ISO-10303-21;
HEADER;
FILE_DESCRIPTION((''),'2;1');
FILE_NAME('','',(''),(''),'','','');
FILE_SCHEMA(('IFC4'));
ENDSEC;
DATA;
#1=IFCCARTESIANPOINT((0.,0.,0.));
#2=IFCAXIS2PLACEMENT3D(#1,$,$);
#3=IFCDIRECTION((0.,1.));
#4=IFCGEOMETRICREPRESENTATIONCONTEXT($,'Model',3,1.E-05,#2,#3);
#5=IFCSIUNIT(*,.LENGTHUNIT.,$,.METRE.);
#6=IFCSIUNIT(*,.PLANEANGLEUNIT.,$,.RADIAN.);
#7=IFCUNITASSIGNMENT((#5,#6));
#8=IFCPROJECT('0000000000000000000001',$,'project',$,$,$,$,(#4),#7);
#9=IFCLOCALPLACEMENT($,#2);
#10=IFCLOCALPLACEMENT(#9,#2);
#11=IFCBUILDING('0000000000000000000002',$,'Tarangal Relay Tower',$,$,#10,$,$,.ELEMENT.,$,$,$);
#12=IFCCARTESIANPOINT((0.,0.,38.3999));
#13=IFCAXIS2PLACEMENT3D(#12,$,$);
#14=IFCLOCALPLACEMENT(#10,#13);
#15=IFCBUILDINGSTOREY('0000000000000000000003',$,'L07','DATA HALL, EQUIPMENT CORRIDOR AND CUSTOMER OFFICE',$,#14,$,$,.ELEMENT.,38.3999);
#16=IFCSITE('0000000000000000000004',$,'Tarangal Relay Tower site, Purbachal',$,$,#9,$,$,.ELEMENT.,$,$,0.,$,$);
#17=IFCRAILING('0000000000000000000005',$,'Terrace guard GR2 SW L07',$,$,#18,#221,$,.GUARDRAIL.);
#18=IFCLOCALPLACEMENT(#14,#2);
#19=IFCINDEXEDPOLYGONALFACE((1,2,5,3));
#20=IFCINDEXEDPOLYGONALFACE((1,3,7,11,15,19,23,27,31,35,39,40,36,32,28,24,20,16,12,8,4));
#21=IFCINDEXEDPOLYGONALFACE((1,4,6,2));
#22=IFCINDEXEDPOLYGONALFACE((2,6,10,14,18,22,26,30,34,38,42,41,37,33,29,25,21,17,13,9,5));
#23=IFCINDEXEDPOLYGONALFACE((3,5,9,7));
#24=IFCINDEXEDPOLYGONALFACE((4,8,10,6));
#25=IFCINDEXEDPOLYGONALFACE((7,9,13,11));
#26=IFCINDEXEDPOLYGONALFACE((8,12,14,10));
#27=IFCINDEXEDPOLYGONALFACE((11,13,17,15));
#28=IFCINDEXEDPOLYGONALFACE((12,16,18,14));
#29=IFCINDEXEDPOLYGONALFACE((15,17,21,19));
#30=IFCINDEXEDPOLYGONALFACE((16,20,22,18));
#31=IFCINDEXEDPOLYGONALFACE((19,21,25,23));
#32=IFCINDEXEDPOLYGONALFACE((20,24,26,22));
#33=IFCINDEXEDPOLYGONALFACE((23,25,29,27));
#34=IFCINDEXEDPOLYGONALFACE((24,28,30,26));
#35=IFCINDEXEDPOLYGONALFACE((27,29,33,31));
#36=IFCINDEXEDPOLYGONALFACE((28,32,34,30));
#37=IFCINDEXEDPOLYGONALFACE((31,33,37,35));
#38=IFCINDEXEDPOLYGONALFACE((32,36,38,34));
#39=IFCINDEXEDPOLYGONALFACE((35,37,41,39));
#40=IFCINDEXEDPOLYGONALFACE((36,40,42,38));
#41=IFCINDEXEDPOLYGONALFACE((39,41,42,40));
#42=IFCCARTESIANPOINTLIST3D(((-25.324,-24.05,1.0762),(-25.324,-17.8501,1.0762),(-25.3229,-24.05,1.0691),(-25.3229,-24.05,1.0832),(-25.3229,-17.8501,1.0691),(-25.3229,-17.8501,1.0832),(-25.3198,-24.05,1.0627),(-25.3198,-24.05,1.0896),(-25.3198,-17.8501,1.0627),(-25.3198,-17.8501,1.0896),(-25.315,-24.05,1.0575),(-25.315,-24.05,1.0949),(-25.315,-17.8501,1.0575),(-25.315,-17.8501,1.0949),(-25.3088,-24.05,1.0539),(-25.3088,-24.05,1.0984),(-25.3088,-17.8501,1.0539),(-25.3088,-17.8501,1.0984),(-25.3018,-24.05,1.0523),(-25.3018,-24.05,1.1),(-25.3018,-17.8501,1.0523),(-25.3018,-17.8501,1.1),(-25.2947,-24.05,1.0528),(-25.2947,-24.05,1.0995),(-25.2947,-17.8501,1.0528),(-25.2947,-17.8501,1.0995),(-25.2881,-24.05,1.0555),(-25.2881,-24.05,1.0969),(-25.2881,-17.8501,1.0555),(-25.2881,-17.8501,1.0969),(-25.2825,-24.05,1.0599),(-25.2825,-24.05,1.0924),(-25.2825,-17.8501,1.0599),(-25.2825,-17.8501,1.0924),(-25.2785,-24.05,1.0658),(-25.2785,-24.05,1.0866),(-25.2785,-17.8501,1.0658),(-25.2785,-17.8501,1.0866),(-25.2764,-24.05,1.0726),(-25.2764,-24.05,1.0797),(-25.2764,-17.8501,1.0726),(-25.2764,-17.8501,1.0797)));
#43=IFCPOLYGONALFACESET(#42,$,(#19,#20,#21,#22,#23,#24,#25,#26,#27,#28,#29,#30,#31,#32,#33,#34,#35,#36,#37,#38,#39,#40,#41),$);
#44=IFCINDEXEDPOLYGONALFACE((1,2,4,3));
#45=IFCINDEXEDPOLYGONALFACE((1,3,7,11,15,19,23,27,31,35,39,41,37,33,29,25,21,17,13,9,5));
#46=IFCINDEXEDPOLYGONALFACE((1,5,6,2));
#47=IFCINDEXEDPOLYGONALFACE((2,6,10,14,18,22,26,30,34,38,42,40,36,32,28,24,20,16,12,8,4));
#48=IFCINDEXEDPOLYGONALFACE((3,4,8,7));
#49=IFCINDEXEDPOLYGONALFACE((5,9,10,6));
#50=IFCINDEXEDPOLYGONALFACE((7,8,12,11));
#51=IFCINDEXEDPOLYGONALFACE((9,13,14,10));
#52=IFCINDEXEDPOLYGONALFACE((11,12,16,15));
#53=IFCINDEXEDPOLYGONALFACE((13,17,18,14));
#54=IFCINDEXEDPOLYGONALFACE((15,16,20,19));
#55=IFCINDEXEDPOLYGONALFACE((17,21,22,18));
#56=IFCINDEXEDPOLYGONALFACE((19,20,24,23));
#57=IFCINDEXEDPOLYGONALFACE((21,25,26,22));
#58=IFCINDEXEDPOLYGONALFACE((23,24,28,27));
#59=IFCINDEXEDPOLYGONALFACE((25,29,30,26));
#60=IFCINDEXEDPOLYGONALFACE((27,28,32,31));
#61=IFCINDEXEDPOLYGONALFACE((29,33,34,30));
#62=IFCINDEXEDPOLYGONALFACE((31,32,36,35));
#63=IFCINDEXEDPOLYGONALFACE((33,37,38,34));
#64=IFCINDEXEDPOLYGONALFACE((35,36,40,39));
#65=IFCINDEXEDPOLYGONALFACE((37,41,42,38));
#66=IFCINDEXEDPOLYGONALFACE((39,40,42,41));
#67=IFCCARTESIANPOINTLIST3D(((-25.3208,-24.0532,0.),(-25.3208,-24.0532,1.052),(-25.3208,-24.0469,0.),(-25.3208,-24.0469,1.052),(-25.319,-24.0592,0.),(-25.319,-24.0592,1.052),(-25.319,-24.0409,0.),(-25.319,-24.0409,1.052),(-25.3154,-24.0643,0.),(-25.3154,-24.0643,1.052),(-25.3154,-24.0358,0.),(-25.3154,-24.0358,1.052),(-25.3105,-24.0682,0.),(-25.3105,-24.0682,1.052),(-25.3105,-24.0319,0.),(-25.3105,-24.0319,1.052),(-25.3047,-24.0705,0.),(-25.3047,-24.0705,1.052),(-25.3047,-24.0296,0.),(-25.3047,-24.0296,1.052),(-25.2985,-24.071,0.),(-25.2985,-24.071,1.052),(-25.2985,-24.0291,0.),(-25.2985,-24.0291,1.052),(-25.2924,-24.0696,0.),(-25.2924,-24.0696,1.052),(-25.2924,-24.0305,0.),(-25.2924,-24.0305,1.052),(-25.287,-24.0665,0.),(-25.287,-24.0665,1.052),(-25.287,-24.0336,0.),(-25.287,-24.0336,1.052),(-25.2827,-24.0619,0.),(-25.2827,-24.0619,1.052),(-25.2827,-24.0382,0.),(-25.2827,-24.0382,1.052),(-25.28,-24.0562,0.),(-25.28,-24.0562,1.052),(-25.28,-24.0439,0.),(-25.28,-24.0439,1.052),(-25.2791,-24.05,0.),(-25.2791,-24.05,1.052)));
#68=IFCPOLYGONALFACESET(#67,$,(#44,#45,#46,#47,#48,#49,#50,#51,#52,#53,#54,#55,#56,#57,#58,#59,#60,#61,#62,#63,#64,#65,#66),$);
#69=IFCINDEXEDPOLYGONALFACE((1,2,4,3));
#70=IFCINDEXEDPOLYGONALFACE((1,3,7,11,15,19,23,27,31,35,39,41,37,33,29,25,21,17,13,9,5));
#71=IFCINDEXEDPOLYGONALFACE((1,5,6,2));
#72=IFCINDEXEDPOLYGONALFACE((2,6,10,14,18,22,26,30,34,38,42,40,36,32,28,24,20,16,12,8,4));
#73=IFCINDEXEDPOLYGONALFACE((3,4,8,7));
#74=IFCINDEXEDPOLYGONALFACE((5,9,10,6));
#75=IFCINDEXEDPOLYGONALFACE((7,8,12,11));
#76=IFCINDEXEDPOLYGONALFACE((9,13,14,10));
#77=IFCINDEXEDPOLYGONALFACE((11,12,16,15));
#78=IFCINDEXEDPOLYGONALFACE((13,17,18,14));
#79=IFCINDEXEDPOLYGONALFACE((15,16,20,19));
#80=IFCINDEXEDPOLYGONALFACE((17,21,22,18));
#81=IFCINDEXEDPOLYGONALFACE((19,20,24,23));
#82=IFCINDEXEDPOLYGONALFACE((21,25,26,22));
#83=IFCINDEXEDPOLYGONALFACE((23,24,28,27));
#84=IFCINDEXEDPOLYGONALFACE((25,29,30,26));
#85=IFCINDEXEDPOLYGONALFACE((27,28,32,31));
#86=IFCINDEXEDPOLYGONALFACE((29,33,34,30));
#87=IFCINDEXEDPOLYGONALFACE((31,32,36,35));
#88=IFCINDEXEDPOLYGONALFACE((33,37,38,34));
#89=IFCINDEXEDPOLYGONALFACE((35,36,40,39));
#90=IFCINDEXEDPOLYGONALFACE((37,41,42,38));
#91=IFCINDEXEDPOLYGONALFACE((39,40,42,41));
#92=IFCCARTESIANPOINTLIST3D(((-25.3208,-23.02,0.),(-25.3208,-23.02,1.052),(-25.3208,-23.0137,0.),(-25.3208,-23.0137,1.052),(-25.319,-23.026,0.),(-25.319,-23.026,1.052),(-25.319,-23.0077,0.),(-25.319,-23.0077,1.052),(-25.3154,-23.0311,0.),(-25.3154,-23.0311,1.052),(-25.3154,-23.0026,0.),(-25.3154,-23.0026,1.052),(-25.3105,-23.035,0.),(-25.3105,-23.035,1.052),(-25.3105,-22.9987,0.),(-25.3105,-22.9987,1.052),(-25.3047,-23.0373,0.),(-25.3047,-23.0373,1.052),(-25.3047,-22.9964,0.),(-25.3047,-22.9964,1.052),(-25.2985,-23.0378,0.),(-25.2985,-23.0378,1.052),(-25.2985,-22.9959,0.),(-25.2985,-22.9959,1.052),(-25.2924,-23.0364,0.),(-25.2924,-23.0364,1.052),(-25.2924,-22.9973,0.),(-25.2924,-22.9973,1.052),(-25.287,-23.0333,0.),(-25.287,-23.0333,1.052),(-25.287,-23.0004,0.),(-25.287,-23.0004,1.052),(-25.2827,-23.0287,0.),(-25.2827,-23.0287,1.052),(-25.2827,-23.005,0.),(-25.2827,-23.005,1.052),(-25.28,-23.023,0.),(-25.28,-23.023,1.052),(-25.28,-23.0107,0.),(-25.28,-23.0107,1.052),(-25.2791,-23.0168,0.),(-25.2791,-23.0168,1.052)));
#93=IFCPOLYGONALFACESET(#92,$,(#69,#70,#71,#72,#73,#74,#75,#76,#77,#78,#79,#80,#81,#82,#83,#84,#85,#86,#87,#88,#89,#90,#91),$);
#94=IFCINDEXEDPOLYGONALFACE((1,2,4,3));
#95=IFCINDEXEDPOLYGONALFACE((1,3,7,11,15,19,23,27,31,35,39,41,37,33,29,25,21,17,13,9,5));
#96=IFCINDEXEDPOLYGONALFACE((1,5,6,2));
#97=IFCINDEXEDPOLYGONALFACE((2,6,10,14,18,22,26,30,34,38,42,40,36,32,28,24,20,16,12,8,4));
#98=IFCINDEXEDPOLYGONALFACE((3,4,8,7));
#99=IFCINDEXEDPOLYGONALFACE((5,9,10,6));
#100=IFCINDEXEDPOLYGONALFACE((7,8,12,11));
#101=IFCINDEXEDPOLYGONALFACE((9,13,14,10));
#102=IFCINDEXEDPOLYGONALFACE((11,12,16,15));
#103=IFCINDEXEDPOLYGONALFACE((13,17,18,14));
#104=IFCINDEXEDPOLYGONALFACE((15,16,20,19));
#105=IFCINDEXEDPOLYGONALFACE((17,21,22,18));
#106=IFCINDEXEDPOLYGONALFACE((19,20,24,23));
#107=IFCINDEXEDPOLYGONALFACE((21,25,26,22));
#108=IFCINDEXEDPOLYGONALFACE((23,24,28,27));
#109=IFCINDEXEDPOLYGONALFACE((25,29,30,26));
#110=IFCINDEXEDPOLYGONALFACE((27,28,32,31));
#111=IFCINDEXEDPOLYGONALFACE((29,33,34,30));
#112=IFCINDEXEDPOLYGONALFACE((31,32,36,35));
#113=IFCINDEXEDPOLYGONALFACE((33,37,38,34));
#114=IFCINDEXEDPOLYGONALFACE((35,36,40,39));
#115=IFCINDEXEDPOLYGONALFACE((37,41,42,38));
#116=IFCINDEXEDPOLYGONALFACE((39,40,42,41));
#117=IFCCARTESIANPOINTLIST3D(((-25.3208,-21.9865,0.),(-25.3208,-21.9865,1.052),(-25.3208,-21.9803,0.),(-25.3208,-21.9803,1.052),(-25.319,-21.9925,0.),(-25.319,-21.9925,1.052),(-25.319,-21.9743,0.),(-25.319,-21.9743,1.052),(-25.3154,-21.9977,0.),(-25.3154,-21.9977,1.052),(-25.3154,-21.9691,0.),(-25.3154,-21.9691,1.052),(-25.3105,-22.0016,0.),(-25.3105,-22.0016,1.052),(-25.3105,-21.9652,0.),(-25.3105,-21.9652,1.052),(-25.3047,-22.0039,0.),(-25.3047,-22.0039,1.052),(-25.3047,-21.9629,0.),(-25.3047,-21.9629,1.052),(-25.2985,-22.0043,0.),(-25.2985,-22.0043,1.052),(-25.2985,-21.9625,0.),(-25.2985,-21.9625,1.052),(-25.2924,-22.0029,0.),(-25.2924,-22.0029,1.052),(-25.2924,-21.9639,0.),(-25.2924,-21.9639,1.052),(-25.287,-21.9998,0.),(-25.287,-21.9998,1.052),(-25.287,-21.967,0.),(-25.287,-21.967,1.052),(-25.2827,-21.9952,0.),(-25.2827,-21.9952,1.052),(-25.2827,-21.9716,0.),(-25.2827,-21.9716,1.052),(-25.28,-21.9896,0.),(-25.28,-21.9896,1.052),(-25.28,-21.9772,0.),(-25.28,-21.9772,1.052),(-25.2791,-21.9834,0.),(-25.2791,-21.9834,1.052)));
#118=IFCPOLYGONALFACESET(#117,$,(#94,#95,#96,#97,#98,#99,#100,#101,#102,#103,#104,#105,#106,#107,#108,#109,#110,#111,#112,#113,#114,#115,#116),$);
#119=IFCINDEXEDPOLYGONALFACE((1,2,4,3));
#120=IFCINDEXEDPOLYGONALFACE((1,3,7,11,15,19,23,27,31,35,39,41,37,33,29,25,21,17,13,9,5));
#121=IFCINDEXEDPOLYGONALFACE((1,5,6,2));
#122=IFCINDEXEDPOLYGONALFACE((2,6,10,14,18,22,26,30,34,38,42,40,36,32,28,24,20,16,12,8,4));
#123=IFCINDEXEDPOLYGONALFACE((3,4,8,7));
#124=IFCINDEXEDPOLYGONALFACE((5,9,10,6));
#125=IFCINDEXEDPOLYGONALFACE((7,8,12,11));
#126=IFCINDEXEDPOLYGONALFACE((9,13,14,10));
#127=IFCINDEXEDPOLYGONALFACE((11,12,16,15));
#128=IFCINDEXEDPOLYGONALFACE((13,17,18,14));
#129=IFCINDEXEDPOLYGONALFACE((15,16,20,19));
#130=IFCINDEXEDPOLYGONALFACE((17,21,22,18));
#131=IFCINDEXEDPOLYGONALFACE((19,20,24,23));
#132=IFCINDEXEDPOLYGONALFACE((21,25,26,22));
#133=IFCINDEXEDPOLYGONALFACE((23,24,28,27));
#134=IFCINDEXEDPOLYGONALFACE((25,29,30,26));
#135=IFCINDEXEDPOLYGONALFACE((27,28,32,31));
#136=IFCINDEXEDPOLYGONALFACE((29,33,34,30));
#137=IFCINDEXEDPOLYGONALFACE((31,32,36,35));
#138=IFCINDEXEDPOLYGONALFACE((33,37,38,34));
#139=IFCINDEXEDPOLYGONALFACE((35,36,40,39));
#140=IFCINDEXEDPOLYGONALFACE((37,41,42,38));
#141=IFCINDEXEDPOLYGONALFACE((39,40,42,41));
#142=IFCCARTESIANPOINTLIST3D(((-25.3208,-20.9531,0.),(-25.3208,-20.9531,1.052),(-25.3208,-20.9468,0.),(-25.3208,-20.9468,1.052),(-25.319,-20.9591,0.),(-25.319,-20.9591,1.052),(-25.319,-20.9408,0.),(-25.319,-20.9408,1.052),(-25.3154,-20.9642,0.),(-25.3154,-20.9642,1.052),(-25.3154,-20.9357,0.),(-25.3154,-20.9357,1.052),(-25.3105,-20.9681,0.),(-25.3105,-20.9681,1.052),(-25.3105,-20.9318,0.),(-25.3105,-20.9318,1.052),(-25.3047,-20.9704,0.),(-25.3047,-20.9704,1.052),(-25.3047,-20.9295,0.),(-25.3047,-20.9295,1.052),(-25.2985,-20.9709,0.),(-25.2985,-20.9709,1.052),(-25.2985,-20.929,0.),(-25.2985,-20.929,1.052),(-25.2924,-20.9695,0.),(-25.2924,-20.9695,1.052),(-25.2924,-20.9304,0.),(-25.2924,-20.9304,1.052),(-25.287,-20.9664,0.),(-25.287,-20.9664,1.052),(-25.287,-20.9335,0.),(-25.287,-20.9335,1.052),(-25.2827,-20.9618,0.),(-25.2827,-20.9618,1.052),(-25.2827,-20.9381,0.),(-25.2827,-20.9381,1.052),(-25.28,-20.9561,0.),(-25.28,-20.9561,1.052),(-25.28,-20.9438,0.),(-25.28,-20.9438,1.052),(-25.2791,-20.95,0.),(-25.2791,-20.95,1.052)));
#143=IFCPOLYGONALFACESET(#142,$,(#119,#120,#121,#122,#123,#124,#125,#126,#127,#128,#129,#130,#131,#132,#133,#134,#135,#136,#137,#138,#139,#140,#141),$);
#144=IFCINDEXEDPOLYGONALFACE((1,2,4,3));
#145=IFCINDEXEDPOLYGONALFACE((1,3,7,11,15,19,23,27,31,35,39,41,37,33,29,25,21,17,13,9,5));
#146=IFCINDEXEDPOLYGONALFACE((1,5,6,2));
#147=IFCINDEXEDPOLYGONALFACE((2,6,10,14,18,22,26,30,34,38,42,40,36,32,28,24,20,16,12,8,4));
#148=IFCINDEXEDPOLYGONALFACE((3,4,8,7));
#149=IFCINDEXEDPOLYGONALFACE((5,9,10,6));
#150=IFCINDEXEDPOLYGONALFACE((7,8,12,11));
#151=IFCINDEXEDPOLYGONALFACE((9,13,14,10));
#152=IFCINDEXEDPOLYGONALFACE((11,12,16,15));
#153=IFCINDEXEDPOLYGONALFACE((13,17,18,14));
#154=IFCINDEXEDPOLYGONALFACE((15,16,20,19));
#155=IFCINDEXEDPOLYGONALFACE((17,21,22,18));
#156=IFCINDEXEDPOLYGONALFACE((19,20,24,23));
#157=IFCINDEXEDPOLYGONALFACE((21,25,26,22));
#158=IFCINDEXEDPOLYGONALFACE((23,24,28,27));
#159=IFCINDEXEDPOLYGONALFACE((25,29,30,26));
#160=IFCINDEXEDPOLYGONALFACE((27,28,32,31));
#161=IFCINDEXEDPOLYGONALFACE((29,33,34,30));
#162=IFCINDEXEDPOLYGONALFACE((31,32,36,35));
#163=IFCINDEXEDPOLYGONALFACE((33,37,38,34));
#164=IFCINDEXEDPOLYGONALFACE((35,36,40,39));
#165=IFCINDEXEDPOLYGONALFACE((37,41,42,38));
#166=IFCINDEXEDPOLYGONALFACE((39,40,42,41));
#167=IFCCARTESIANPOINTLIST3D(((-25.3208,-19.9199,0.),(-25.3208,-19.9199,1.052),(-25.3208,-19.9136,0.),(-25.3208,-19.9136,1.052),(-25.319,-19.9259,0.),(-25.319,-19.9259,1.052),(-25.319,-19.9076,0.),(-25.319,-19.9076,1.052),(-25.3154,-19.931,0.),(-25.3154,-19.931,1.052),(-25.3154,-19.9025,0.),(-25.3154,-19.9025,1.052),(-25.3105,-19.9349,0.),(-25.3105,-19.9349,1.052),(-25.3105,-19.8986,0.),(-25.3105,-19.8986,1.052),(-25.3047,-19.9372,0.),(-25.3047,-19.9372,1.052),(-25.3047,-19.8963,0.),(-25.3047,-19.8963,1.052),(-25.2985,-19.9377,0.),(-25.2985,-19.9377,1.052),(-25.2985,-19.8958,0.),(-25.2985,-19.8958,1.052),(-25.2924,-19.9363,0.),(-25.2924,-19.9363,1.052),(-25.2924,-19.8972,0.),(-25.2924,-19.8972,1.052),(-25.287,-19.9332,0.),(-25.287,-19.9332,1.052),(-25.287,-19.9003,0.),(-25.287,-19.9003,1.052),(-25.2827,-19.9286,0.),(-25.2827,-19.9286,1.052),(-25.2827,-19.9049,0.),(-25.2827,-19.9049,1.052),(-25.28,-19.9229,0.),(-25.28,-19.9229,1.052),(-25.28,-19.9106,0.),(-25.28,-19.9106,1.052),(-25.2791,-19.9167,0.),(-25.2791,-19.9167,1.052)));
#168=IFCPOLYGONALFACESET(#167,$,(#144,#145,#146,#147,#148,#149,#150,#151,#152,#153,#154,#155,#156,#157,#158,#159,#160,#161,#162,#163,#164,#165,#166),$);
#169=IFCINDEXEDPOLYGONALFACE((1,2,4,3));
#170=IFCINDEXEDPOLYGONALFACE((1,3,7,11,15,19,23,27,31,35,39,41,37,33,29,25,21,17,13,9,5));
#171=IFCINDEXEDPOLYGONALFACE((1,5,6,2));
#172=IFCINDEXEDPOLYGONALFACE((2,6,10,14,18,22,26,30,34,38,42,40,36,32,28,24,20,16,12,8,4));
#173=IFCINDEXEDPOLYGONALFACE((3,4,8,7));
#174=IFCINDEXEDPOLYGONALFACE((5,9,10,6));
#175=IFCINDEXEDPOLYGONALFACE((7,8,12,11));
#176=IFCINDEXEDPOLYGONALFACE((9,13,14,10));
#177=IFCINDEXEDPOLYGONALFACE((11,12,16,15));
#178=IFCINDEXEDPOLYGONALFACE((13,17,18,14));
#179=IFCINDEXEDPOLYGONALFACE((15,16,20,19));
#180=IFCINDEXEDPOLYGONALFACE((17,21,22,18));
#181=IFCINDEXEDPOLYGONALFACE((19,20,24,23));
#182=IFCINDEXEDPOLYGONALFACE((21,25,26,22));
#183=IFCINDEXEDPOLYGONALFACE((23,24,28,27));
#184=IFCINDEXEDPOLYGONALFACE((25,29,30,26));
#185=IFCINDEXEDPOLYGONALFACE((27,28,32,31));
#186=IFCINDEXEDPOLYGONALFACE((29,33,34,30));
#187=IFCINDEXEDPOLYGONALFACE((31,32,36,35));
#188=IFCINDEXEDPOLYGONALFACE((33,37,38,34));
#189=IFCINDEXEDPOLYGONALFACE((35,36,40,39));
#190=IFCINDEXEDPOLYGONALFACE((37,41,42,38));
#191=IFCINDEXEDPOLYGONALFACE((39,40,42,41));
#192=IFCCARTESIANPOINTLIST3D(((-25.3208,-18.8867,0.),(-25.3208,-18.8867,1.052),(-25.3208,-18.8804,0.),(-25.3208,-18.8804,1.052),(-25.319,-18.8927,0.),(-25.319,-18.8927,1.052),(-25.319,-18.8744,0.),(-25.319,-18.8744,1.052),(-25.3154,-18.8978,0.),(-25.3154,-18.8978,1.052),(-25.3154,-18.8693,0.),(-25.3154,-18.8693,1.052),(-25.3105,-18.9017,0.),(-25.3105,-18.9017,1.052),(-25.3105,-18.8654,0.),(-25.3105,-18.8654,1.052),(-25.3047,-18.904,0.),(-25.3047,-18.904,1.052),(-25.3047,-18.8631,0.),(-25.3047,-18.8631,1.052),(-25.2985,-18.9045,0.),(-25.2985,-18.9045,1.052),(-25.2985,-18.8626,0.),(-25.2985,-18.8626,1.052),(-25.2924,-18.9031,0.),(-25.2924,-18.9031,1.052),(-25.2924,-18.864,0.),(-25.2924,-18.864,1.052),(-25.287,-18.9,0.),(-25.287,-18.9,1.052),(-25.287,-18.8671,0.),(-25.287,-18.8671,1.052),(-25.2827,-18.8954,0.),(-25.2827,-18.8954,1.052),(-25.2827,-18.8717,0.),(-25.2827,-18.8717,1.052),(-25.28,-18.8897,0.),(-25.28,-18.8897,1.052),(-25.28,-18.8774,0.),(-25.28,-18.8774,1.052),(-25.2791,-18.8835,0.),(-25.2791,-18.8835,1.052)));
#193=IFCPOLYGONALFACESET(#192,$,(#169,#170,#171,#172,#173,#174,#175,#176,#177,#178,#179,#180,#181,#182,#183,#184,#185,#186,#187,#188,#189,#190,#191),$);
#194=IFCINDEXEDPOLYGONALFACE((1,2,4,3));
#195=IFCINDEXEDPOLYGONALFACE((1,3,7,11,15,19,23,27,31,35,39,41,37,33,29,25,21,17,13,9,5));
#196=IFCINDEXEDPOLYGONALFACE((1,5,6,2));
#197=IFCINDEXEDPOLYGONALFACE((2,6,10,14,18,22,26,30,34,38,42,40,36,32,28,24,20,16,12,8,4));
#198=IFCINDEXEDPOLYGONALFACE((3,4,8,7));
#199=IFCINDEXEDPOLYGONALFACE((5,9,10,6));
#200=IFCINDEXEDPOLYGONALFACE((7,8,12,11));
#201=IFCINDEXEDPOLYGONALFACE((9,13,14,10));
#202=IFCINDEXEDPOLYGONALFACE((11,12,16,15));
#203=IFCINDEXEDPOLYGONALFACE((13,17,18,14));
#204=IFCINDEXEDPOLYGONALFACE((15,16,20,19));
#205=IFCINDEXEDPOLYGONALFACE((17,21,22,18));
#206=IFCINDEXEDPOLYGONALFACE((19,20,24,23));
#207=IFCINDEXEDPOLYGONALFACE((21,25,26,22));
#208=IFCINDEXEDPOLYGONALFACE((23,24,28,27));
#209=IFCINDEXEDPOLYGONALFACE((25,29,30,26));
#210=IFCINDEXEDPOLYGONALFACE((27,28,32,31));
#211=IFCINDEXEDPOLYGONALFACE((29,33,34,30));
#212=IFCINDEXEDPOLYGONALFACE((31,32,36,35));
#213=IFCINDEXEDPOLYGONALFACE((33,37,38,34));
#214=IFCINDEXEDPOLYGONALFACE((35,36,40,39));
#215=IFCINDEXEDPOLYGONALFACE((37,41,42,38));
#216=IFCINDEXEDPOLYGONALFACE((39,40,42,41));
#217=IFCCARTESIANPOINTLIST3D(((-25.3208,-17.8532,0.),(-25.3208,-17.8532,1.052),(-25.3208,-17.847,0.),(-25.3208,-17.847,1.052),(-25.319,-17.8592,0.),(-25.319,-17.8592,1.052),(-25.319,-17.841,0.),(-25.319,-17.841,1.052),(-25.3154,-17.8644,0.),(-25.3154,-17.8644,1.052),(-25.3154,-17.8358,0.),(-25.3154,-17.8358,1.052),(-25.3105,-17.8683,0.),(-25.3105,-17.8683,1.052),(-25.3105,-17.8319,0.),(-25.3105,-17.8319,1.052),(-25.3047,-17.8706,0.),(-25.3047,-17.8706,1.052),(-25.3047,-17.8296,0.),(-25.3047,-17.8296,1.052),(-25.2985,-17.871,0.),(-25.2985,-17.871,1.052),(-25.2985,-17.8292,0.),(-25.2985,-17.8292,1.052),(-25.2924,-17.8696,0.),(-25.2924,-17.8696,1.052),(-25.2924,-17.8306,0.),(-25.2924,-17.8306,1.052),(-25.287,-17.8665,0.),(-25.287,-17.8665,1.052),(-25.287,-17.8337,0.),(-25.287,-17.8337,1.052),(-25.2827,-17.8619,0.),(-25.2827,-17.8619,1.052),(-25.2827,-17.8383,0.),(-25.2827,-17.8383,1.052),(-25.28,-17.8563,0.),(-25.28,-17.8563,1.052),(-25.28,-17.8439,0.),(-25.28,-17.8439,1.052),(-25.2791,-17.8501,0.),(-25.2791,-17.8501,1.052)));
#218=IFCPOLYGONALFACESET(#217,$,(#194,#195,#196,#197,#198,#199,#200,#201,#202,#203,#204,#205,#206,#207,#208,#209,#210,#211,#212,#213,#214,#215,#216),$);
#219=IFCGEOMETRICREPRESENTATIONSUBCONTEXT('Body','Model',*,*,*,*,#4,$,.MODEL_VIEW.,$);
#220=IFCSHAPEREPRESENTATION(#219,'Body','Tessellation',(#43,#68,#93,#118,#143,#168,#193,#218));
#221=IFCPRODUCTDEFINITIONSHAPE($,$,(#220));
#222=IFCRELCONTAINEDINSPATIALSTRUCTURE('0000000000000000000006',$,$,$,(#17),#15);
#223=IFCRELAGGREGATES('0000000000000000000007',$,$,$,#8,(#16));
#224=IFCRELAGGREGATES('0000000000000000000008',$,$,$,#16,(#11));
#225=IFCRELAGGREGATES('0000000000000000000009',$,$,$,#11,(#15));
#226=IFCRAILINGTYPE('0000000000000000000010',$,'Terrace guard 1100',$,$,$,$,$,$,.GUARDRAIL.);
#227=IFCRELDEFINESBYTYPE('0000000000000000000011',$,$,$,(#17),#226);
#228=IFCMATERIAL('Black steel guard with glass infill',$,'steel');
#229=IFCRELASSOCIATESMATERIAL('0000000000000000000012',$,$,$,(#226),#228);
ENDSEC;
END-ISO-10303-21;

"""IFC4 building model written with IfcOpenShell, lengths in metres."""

from ifc_helpers import new_model, si_unit, direction, frame, origin, origin_2d, place, context, subcontext, project, spatial, circle, extrude, material, type_object, element, save


model = new_model("IFC4")

# Units and contexts
model_context = context("Model", 3, precision=1e-05, world=origin(), true_north=direction((0.0, 1.0)))
body_context = subcontext(model_context, "Body", "Model", "MODEL_VIEW")
ifc_project = project(units=[si_unit("LENGTHUNIT", "METRE"), si_unit("PLANEANGLEUNIT", "RADIAN")], contexts=[model_context])

# Site, building, storey
site_placement = place(None, origin())
site = spatial("IfcSite", under=ifc_project, at=site_placement, Name="Tarangal Relay Tower site, Purbachal", CompositionType="ELEMENT", RefElevation=0.0)
building_placement = place(site_placement, origin())
building = spatial("IfcBuilding", under=site, at=building_placement, Name="Tarangal Relay Tower", CompositionType="ELEMENT")
storey_placement = place(building_placement, frame((0.0, 0.0, 38.3999)))
storey = spatial("IfcBuildingStorey", under=building, at=storey_placement, Name="L07", Description="DATA HALL, EQUIPMENT CORRIDOR AND CUSTOMER OFFICE", CompositionType="ELEMENT", Elevation=38.3999)

# Railing
ifc_material_1 = material(Name="Black steel guard with glass infill", Category="steel")
railing_type = type_object("IfcRailingType", Name="Terrace guard 1100", PredefinedType="GUARDRAIL", material=ifc_material_1)
railing_1_placement = place(storey_placement, frame((-25.3, -24.05, 0.0)))
element("IfcRailing", 1, at=railing_1_placement, inside=storey, type_object=railing_type, Name="Terrace guard GR2 SW L07", PredefinedType="GUARDRAIL", context=body_context, shape_type="SweptSolid", body=[
    extrude(circle(Radius=0.0239, at=origin_2d()), frame((0.0, 0.0, 1.0762), z_axis=(0.0, 1.0, 0.0), x_axis=(-1.0, 0.0, 0.0)), (0.0, 0.0, 1.0), 6.2),
    extrude(circle(Radius=0.021, at=origin_2d()), origin(), (0.0, 0.0, 1.0), 1.052),
    extrude(circle(Radius=0.021, at=origin_2d()), frame((0.0, 1.0332, 0.0)), (0.0, 0.0, 1.0), 1.052),
    extrude(circle(Radius=0.021, at=origin_2d()), frame((0.0, 2.0667, 0.0)), (0.0, 0.0, 1.0), 1.052),
    extrude(circle(Radius=0.021, at=origin_2d()), frame((0.0, 3.1001, 0.0)), (0.0, 0.0, 1.0), 1.052),
    extrude(circle(Radius=0.021, at=origin_2d()), frame((0.0, 4.1333, 0.0)), (0.0, 0.0, 1.0), 1.052),
    extrude(circle(Radius=0.021, at=origin_2d()), frame((0.0, 5.1665, 0.0)), (0.0, 0.0, 1.0), 1.052),
    extrude(circle(Radius=0.021, at=origin_2d()), frame((0.0, 6.2, 0.0)), (0.0, 0.0, 1.0), 1.052),
])

save(model, "model.ifc")
